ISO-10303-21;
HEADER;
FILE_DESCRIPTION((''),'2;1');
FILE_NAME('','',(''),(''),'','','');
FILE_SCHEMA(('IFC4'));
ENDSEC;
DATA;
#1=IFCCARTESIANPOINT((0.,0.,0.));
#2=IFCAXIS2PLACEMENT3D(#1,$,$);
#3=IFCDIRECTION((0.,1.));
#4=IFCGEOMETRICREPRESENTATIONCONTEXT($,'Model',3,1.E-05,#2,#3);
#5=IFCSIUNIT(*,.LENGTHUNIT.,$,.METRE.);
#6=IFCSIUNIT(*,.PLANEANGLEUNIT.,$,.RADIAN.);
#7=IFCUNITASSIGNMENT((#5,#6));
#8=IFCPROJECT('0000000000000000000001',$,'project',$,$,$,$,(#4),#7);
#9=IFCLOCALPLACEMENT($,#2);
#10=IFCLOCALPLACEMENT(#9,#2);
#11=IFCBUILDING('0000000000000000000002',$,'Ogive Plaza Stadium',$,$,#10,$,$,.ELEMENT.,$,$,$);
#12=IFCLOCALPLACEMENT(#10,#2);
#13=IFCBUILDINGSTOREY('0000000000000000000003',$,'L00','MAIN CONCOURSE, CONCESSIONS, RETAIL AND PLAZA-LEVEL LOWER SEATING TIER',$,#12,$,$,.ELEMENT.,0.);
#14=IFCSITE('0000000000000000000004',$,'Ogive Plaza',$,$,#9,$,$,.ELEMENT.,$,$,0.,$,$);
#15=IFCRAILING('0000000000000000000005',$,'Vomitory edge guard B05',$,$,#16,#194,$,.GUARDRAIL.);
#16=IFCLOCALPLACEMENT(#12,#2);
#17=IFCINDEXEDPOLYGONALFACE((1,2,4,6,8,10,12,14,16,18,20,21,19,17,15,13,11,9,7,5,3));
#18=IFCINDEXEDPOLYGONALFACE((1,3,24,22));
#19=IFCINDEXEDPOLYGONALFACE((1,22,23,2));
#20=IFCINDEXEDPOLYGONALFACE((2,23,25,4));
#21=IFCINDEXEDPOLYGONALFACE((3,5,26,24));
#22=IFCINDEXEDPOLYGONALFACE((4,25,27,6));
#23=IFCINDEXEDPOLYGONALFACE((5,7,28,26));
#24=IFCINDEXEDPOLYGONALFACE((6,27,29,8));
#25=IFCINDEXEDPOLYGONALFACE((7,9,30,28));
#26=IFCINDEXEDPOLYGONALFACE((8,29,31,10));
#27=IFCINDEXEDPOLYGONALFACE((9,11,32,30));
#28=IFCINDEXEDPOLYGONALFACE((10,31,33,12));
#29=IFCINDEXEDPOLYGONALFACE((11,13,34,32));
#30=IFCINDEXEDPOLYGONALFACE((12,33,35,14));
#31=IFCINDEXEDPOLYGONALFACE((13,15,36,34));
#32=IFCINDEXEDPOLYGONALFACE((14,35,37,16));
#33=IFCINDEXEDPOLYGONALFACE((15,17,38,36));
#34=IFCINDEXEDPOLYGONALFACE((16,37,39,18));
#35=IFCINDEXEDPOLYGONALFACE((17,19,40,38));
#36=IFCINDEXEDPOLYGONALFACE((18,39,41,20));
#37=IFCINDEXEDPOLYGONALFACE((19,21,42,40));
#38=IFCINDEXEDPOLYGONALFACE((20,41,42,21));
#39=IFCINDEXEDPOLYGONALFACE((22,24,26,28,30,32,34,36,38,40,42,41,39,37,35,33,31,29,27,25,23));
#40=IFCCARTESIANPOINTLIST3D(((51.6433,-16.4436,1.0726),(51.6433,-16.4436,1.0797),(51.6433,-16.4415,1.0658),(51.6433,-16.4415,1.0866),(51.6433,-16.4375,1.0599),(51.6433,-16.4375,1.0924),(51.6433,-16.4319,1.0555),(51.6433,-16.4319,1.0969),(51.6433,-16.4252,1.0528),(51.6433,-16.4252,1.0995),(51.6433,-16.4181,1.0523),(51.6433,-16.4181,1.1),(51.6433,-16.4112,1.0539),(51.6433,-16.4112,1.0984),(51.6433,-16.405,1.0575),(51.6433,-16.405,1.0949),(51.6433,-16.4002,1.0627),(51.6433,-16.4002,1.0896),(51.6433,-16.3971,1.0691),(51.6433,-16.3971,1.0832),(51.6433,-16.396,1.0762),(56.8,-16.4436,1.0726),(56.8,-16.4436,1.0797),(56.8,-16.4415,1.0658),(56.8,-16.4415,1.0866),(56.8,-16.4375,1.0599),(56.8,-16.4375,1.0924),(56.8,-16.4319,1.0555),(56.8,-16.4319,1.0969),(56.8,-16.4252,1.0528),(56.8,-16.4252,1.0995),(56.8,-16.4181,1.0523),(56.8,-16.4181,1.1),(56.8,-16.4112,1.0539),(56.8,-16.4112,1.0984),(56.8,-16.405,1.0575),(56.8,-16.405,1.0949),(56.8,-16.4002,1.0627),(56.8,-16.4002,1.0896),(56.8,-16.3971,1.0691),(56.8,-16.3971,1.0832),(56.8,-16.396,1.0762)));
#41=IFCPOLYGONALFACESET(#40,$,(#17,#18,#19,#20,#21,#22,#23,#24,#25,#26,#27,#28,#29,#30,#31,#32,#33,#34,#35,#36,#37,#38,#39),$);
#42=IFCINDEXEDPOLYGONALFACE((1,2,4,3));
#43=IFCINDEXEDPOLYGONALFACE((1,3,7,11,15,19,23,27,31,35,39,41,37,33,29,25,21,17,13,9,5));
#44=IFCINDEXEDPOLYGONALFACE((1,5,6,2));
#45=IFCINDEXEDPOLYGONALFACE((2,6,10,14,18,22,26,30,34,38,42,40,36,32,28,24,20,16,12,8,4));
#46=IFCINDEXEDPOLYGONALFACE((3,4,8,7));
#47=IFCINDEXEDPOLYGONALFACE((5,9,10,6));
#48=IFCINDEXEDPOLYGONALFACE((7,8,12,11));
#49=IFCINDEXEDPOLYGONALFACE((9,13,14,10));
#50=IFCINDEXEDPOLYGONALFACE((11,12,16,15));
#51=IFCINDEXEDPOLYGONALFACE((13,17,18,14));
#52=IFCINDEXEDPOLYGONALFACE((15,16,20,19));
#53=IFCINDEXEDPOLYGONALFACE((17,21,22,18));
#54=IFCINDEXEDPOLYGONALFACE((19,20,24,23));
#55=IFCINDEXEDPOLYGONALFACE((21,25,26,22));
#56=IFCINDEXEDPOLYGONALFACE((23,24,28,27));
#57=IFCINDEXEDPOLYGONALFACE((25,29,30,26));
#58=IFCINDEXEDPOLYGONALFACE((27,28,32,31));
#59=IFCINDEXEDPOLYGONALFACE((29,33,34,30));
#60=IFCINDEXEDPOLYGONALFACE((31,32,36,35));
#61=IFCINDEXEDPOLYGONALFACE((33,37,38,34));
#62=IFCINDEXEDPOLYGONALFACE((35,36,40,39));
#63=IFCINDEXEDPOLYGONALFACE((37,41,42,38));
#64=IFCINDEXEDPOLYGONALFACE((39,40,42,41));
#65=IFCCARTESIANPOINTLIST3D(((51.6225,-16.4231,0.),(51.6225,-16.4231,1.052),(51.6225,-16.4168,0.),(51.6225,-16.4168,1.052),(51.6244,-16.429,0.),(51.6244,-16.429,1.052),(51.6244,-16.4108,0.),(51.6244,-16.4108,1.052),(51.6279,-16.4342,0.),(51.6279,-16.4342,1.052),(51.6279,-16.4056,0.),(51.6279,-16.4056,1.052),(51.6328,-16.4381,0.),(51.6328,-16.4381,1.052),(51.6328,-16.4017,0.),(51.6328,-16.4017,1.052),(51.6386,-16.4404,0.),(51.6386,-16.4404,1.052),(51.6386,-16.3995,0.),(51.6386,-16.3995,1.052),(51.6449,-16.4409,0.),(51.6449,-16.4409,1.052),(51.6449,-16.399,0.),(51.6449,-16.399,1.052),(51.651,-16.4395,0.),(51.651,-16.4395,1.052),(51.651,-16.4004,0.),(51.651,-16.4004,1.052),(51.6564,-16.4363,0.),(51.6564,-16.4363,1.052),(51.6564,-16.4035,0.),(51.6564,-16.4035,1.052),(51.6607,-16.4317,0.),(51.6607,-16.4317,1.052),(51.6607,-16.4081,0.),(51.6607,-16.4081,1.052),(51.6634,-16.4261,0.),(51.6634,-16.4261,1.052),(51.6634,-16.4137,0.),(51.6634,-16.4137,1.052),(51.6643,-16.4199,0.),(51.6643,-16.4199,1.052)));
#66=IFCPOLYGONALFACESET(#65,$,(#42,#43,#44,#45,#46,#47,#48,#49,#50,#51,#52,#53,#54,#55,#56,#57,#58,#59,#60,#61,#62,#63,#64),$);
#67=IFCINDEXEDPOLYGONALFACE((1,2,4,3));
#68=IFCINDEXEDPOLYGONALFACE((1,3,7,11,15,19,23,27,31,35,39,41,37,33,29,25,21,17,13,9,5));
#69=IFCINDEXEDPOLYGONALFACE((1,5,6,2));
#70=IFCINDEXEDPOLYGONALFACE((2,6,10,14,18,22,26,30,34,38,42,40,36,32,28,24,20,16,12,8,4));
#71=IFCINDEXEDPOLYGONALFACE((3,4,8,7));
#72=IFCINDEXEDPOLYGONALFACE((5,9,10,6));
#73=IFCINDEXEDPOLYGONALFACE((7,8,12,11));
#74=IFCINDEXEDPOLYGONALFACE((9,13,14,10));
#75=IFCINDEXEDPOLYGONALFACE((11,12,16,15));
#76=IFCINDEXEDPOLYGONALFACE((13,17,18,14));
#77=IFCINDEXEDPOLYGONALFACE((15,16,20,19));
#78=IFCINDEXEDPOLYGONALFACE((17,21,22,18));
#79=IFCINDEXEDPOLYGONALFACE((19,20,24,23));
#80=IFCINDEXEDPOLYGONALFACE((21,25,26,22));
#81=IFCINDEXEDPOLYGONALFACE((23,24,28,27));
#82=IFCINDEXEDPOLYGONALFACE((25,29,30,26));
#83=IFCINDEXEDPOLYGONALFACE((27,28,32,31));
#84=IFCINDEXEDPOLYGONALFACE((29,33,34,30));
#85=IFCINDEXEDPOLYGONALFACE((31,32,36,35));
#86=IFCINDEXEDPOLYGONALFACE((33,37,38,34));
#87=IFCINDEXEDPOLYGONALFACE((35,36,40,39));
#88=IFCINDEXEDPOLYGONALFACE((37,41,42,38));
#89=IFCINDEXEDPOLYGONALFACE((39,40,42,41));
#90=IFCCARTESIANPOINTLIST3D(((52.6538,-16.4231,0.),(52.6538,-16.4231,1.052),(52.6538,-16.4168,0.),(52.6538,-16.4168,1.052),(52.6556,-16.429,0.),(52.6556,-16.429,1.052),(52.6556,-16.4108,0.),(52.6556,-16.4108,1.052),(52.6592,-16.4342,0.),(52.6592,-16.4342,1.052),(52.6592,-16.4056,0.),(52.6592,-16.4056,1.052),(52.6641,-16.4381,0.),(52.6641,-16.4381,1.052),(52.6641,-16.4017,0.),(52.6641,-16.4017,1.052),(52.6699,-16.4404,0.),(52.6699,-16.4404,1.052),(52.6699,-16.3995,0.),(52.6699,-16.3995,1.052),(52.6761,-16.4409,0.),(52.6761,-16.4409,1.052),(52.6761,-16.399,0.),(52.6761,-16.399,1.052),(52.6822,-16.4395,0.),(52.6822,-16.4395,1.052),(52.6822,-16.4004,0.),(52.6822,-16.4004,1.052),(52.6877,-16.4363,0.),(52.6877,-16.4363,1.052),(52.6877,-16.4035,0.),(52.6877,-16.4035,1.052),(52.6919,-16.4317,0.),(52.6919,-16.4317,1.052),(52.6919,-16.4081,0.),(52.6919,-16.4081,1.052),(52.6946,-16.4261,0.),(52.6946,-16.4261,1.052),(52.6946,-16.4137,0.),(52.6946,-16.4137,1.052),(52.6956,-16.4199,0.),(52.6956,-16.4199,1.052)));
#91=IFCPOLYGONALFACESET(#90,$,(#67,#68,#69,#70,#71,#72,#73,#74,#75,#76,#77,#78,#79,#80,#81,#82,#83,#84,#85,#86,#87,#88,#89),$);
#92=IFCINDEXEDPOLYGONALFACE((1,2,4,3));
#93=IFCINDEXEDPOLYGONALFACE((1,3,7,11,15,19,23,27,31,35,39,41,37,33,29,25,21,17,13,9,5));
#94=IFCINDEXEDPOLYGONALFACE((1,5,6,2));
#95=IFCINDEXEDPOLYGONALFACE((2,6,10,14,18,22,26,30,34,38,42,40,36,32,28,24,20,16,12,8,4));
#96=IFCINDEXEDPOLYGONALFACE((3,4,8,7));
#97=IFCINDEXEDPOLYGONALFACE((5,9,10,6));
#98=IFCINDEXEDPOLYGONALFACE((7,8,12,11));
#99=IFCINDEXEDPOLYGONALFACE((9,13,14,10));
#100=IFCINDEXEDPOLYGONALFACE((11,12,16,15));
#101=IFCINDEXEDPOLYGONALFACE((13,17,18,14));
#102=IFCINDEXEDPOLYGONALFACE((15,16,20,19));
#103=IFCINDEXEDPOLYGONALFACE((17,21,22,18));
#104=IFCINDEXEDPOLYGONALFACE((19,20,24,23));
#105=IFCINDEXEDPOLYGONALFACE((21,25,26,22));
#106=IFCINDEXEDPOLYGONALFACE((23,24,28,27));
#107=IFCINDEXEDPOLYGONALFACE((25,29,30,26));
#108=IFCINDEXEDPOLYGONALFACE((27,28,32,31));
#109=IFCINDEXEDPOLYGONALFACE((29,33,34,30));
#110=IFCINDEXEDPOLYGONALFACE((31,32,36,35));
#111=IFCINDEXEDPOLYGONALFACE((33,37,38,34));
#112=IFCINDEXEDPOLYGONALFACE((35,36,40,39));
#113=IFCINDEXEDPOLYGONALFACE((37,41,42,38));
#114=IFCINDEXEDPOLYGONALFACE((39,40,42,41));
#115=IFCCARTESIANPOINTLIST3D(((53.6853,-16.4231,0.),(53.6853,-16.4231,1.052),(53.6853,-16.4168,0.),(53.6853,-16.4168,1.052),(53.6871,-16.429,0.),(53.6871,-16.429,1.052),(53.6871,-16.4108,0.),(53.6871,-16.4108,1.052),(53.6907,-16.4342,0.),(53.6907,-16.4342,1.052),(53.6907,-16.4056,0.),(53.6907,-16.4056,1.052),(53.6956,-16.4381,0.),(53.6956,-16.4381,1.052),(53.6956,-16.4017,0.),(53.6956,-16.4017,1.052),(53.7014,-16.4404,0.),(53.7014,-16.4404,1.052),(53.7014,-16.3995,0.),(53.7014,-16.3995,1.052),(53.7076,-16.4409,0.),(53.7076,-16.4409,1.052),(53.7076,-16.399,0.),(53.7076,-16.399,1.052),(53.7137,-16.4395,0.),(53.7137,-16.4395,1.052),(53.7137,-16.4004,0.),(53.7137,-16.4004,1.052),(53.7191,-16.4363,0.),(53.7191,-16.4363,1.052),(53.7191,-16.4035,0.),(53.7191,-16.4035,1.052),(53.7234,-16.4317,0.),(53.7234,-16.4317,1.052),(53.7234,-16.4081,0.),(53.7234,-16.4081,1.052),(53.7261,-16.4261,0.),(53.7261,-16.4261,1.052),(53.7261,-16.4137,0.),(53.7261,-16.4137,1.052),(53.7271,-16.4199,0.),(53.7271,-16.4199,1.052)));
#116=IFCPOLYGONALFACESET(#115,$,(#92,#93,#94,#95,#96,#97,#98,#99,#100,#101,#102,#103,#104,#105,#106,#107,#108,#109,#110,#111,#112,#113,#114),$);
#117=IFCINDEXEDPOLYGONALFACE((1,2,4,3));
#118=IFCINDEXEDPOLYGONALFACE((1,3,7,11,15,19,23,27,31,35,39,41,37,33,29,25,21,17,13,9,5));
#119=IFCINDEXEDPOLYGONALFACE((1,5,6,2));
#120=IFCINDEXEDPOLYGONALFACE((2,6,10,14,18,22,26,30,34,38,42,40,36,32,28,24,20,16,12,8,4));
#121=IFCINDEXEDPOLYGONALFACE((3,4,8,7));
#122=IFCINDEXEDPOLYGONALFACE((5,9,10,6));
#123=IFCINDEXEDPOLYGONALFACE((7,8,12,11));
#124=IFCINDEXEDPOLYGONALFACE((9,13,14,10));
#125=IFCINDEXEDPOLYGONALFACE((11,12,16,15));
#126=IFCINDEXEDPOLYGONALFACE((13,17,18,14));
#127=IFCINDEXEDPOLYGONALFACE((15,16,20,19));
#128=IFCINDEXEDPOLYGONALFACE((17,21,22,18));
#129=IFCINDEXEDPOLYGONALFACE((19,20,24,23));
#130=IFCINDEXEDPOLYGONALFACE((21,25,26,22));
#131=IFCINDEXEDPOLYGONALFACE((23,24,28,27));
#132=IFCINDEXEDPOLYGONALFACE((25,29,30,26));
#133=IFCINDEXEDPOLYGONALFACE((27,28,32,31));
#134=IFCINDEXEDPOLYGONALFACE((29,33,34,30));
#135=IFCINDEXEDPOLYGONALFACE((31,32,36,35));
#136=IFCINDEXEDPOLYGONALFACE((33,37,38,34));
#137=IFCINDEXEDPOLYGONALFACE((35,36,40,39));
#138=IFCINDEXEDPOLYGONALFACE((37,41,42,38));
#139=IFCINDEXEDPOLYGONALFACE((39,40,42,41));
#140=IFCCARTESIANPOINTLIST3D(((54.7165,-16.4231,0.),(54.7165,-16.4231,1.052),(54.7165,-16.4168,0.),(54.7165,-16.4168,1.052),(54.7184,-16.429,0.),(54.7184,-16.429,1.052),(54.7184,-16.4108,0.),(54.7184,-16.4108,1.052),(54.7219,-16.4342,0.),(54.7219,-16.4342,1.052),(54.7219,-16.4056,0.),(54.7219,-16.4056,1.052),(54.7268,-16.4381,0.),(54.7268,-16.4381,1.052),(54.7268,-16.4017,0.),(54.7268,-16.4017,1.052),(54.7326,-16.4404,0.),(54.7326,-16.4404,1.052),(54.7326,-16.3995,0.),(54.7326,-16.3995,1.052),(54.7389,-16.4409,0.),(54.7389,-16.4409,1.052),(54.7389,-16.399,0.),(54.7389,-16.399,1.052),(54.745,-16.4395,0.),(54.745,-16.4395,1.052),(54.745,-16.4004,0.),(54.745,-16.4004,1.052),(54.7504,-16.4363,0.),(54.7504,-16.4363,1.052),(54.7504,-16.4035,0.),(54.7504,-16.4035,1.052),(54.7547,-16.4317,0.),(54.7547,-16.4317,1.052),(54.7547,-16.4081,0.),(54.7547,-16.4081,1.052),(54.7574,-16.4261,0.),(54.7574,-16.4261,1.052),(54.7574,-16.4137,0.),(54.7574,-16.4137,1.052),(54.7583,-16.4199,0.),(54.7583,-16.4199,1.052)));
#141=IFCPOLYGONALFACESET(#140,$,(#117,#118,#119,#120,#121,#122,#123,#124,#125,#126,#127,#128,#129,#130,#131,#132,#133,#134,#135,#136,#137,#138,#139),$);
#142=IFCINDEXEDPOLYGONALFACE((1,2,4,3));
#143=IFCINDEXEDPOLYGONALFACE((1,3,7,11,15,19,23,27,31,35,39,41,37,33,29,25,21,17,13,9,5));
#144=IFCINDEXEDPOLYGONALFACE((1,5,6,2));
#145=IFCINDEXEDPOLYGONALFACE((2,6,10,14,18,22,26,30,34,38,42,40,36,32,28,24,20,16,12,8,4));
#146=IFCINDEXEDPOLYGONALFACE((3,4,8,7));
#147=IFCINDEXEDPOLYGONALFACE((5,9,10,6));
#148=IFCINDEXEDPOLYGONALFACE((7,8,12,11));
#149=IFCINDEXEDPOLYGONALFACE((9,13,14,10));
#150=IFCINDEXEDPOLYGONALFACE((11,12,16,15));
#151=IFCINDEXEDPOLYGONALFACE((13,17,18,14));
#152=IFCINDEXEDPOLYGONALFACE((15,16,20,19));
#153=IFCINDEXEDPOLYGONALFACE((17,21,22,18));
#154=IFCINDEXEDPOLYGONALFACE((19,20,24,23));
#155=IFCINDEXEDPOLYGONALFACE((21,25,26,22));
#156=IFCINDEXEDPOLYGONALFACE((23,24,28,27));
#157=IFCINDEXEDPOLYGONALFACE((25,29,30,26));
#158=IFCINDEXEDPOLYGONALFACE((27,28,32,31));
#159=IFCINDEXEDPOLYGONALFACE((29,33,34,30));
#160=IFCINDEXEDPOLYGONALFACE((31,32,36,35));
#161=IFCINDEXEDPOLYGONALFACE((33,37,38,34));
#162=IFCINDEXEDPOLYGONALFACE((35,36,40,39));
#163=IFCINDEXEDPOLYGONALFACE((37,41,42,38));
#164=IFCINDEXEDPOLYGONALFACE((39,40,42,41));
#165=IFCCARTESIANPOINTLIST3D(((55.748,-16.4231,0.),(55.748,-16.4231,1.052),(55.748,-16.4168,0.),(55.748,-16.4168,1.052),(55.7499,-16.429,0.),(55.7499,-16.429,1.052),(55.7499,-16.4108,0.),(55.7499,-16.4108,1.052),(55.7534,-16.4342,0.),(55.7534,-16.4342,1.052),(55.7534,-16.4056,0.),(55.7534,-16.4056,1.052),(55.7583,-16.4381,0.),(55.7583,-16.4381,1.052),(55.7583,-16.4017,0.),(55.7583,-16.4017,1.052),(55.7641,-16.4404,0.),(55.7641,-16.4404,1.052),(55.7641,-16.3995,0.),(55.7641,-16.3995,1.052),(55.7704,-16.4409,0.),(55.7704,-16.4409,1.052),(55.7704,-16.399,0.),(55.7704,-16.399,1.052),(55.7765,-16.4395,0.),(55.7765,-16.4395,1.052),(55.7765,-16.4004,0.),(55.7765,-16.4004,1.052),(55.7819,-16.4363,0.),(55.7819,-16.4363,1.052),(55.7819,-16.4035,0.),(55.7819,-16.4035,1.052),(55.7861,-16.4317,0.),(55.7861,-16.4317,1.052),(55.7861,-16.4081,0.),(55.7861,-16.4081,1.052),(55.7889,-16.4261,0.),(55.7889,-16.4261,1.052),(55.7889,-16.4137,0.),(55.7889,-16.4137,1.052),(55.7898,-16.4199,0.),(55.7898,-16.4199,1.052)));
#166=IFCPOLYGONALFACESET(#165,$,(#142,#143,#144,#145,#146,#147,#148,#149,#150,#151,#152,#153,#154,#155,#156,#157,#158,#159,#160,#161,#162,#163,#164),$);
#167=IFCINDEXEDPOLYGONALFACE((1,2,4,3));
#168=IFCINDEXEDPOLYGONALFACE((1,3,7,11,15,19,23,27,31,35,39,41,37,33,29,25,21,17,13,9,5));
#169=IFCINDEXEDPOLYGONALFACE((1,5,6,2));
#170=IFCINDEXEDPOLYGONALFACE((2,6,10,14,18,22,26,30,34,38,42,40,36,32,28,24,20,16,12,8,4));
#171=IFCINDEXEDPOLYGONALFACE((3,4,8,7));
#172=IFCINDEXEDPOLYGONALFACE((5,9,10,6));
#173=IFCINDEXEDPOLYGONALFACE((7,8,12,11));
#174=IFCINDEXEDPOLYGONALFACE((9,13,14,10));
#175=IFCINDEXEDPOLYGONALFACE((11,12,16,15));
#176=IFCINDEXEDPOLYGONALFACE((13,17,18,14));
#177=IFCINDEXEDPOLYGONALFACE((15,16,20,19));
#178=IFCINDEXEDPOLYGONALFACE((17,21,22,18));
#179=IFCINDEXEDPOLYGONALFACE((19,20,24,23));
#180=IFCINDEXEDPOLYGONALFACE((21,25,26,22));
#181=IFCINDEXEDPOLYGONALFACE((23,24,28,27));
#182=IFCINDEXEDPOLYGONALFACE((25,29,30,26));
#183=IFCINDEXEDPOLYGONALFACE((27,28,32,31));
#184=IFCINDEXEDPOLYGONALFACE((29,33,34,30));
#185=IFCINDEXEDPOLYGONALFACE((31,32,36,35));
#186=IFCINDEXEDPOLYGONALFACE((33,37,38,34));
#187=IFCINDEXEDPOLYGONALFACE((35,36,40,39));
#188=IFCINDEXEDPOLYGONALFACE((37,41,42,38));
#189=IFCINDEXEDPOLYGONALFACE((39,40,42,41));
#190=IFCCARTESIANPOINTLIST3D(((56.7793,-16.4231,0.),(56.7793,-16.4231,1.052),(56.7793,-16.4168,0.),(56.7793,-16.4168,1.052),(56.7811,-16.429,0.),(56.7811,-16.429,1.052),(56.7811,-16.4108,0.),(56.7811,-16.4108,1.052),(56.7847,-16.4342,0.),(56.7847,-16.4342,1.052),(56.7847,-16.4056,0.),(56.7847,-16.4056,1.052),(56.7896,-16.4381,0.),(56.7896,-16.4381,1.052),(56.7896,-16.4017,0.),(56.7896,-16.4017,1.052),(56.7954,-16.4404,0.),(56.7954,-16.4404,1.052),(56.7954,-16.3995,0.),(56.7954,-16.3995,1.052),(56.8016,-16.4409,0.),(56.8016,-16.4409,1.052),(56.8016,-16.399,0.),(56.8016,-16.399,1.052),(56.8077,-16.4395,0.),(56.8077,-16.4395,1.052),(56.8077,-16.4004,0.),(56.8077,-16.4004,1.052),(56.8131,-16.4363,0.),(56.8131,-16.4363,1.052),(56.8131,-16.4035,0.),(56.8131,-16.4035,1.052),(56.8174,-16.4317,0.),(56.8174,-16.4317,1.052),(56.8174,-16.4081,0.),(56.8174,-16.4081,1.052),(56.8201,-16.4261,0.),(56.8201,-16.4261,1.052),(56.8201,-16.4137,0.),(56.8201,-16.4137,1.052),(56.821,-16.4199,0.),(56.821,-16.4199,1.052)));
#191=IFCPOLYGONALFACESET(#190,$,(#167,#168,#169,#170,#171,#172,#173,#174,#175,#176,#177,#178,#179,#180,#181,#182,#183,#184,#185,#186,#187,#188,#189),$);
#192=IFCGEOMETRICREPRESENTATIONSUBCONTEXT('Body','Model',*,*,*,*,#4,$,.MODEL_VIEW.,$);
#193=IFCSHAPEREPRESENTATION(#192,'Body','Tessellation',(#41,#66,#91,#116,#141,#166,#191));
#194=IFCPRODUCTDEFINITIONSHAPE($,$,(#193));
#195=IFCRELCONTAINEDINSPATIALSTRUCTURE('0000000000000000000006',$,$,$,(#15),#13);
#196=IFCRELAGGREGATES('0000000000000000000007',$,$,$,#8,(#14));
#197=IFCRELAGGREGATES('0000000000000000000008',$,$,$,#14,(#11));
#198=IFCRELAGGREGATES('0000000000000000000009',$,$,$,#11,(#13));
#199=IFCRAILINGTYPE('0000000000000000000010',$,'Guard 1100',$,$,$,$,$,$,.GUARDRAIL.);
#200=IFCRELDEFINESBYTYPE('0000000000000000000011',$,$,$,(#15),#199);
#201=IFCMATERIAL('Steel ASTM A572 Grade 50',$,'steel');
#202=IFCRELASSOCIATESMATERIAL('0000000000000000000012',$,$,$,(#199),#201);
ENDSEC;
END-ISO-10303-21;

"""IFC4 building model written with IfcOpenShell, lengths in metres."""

from ifc_helpers import new_model, si_unit, direction, frame, origin, origin_2d, place, context, subcontext, project, spatial, circle, extrude, material, type_object, element, save


model = new_model("IFC4")

# Units and contexts
model_context = context("Model", 3, precision=1e-05, world=origin(), true_north=direction((0.0, 1.0)))
body_context = subcontext(model_context, "Body", "Model", "MODEL_VIEW")
ifc_project = project(units=[si_unit("LENGTHUNIT", "METRE"), si_unit("PLANEANGLEUNIT", "RADIAN")], contexts=[model_context])

# Site, building, storey
site_placement = place(None, origin())
site = spatial("IfcSite", under=ifc_project, at=site_placement, Name="Ogive Plaza", CompositionType="ELEMENT", RefElevation=0.0)
building_placement = place(site_placement, origin())
building = spatial("IfcBuilding", under=site, at=building_placement, Name="Ogive Plaza Stadium", CompositionType="ELEMENT")
storey_placement = place(building_placement, origin())
storey = spatial("IfcBuildingStorey", under=building, at=storey_placement, Name="L00", Description="MAIN CONCOURSE, CONCESSIONS, RETAIL AND PLAZA-LEVEL LOWER SEATING TIER", CompositionType="ELEMENT", Elevation=0.0)

# Railing
ifc_material_1 = material(Name="Steel ASTM A572 Grade 50", Category="steel")
railing_type = type_object("IfcRailingType", Name="Guard 1100", PredefinedType="GUARDRAIL", material=ifc_material_1)
for number, where, name in (
    (1, (51.6433, -16.4199, 0.0), "Vomitory edge guard B05"),
):
    element("IfcRailing", number, at=place(storey_placement, frame(where)), inside=storey, type_object=railing_type, Name=name, PredefinedType="GUARDRAIL", context=body_context, shape_type="SweptSolid", body=[
        extrude(circle(Radius=0.0239, at=origin_2d()), frame((0.0, 0.0, 1.0762), z_axis=(1.0, 0.0, 0.0), x_axis=(0.0, 1.0, 0.0)), (0.0, 0.0, 1.0), 5.1567),
        extrude(circle(Radius=0.021, at=origin_2d()), origin(), (0.0, 0.0, 1.0), 1.052),
        extrude(circle(Radius=0.021, at=origin_2d()), frame((1.0312, 0.0, 0.0)), (0.0, 0.0, 1.0), 1.052),
        extrude(circle(Radius=0.021, at=origin_2d()), frame((2.0627, 0.0, 0.0)), (0.0, 0.0, 1.0), 1.052),
        extrude(circle(Radius=0.021, at=origin_2d()), frame((3.094, 0.0, 0.0)), (0.0, 0.0, 1.0), 1.052),
        extrude(circle(Radius=0.021, at=origin_2d()), frame((4.1255, 0.0, 0.0)), (0.0, 0.0, 1.0), 1.052),
        extrude(circle(Radius=0.021, at=origin_2d()), frame((5.1567, 0.0, 0.0)), (0.0, 0.0, 1.0), 1.052),
    ])

save(model, "model.ifc")
